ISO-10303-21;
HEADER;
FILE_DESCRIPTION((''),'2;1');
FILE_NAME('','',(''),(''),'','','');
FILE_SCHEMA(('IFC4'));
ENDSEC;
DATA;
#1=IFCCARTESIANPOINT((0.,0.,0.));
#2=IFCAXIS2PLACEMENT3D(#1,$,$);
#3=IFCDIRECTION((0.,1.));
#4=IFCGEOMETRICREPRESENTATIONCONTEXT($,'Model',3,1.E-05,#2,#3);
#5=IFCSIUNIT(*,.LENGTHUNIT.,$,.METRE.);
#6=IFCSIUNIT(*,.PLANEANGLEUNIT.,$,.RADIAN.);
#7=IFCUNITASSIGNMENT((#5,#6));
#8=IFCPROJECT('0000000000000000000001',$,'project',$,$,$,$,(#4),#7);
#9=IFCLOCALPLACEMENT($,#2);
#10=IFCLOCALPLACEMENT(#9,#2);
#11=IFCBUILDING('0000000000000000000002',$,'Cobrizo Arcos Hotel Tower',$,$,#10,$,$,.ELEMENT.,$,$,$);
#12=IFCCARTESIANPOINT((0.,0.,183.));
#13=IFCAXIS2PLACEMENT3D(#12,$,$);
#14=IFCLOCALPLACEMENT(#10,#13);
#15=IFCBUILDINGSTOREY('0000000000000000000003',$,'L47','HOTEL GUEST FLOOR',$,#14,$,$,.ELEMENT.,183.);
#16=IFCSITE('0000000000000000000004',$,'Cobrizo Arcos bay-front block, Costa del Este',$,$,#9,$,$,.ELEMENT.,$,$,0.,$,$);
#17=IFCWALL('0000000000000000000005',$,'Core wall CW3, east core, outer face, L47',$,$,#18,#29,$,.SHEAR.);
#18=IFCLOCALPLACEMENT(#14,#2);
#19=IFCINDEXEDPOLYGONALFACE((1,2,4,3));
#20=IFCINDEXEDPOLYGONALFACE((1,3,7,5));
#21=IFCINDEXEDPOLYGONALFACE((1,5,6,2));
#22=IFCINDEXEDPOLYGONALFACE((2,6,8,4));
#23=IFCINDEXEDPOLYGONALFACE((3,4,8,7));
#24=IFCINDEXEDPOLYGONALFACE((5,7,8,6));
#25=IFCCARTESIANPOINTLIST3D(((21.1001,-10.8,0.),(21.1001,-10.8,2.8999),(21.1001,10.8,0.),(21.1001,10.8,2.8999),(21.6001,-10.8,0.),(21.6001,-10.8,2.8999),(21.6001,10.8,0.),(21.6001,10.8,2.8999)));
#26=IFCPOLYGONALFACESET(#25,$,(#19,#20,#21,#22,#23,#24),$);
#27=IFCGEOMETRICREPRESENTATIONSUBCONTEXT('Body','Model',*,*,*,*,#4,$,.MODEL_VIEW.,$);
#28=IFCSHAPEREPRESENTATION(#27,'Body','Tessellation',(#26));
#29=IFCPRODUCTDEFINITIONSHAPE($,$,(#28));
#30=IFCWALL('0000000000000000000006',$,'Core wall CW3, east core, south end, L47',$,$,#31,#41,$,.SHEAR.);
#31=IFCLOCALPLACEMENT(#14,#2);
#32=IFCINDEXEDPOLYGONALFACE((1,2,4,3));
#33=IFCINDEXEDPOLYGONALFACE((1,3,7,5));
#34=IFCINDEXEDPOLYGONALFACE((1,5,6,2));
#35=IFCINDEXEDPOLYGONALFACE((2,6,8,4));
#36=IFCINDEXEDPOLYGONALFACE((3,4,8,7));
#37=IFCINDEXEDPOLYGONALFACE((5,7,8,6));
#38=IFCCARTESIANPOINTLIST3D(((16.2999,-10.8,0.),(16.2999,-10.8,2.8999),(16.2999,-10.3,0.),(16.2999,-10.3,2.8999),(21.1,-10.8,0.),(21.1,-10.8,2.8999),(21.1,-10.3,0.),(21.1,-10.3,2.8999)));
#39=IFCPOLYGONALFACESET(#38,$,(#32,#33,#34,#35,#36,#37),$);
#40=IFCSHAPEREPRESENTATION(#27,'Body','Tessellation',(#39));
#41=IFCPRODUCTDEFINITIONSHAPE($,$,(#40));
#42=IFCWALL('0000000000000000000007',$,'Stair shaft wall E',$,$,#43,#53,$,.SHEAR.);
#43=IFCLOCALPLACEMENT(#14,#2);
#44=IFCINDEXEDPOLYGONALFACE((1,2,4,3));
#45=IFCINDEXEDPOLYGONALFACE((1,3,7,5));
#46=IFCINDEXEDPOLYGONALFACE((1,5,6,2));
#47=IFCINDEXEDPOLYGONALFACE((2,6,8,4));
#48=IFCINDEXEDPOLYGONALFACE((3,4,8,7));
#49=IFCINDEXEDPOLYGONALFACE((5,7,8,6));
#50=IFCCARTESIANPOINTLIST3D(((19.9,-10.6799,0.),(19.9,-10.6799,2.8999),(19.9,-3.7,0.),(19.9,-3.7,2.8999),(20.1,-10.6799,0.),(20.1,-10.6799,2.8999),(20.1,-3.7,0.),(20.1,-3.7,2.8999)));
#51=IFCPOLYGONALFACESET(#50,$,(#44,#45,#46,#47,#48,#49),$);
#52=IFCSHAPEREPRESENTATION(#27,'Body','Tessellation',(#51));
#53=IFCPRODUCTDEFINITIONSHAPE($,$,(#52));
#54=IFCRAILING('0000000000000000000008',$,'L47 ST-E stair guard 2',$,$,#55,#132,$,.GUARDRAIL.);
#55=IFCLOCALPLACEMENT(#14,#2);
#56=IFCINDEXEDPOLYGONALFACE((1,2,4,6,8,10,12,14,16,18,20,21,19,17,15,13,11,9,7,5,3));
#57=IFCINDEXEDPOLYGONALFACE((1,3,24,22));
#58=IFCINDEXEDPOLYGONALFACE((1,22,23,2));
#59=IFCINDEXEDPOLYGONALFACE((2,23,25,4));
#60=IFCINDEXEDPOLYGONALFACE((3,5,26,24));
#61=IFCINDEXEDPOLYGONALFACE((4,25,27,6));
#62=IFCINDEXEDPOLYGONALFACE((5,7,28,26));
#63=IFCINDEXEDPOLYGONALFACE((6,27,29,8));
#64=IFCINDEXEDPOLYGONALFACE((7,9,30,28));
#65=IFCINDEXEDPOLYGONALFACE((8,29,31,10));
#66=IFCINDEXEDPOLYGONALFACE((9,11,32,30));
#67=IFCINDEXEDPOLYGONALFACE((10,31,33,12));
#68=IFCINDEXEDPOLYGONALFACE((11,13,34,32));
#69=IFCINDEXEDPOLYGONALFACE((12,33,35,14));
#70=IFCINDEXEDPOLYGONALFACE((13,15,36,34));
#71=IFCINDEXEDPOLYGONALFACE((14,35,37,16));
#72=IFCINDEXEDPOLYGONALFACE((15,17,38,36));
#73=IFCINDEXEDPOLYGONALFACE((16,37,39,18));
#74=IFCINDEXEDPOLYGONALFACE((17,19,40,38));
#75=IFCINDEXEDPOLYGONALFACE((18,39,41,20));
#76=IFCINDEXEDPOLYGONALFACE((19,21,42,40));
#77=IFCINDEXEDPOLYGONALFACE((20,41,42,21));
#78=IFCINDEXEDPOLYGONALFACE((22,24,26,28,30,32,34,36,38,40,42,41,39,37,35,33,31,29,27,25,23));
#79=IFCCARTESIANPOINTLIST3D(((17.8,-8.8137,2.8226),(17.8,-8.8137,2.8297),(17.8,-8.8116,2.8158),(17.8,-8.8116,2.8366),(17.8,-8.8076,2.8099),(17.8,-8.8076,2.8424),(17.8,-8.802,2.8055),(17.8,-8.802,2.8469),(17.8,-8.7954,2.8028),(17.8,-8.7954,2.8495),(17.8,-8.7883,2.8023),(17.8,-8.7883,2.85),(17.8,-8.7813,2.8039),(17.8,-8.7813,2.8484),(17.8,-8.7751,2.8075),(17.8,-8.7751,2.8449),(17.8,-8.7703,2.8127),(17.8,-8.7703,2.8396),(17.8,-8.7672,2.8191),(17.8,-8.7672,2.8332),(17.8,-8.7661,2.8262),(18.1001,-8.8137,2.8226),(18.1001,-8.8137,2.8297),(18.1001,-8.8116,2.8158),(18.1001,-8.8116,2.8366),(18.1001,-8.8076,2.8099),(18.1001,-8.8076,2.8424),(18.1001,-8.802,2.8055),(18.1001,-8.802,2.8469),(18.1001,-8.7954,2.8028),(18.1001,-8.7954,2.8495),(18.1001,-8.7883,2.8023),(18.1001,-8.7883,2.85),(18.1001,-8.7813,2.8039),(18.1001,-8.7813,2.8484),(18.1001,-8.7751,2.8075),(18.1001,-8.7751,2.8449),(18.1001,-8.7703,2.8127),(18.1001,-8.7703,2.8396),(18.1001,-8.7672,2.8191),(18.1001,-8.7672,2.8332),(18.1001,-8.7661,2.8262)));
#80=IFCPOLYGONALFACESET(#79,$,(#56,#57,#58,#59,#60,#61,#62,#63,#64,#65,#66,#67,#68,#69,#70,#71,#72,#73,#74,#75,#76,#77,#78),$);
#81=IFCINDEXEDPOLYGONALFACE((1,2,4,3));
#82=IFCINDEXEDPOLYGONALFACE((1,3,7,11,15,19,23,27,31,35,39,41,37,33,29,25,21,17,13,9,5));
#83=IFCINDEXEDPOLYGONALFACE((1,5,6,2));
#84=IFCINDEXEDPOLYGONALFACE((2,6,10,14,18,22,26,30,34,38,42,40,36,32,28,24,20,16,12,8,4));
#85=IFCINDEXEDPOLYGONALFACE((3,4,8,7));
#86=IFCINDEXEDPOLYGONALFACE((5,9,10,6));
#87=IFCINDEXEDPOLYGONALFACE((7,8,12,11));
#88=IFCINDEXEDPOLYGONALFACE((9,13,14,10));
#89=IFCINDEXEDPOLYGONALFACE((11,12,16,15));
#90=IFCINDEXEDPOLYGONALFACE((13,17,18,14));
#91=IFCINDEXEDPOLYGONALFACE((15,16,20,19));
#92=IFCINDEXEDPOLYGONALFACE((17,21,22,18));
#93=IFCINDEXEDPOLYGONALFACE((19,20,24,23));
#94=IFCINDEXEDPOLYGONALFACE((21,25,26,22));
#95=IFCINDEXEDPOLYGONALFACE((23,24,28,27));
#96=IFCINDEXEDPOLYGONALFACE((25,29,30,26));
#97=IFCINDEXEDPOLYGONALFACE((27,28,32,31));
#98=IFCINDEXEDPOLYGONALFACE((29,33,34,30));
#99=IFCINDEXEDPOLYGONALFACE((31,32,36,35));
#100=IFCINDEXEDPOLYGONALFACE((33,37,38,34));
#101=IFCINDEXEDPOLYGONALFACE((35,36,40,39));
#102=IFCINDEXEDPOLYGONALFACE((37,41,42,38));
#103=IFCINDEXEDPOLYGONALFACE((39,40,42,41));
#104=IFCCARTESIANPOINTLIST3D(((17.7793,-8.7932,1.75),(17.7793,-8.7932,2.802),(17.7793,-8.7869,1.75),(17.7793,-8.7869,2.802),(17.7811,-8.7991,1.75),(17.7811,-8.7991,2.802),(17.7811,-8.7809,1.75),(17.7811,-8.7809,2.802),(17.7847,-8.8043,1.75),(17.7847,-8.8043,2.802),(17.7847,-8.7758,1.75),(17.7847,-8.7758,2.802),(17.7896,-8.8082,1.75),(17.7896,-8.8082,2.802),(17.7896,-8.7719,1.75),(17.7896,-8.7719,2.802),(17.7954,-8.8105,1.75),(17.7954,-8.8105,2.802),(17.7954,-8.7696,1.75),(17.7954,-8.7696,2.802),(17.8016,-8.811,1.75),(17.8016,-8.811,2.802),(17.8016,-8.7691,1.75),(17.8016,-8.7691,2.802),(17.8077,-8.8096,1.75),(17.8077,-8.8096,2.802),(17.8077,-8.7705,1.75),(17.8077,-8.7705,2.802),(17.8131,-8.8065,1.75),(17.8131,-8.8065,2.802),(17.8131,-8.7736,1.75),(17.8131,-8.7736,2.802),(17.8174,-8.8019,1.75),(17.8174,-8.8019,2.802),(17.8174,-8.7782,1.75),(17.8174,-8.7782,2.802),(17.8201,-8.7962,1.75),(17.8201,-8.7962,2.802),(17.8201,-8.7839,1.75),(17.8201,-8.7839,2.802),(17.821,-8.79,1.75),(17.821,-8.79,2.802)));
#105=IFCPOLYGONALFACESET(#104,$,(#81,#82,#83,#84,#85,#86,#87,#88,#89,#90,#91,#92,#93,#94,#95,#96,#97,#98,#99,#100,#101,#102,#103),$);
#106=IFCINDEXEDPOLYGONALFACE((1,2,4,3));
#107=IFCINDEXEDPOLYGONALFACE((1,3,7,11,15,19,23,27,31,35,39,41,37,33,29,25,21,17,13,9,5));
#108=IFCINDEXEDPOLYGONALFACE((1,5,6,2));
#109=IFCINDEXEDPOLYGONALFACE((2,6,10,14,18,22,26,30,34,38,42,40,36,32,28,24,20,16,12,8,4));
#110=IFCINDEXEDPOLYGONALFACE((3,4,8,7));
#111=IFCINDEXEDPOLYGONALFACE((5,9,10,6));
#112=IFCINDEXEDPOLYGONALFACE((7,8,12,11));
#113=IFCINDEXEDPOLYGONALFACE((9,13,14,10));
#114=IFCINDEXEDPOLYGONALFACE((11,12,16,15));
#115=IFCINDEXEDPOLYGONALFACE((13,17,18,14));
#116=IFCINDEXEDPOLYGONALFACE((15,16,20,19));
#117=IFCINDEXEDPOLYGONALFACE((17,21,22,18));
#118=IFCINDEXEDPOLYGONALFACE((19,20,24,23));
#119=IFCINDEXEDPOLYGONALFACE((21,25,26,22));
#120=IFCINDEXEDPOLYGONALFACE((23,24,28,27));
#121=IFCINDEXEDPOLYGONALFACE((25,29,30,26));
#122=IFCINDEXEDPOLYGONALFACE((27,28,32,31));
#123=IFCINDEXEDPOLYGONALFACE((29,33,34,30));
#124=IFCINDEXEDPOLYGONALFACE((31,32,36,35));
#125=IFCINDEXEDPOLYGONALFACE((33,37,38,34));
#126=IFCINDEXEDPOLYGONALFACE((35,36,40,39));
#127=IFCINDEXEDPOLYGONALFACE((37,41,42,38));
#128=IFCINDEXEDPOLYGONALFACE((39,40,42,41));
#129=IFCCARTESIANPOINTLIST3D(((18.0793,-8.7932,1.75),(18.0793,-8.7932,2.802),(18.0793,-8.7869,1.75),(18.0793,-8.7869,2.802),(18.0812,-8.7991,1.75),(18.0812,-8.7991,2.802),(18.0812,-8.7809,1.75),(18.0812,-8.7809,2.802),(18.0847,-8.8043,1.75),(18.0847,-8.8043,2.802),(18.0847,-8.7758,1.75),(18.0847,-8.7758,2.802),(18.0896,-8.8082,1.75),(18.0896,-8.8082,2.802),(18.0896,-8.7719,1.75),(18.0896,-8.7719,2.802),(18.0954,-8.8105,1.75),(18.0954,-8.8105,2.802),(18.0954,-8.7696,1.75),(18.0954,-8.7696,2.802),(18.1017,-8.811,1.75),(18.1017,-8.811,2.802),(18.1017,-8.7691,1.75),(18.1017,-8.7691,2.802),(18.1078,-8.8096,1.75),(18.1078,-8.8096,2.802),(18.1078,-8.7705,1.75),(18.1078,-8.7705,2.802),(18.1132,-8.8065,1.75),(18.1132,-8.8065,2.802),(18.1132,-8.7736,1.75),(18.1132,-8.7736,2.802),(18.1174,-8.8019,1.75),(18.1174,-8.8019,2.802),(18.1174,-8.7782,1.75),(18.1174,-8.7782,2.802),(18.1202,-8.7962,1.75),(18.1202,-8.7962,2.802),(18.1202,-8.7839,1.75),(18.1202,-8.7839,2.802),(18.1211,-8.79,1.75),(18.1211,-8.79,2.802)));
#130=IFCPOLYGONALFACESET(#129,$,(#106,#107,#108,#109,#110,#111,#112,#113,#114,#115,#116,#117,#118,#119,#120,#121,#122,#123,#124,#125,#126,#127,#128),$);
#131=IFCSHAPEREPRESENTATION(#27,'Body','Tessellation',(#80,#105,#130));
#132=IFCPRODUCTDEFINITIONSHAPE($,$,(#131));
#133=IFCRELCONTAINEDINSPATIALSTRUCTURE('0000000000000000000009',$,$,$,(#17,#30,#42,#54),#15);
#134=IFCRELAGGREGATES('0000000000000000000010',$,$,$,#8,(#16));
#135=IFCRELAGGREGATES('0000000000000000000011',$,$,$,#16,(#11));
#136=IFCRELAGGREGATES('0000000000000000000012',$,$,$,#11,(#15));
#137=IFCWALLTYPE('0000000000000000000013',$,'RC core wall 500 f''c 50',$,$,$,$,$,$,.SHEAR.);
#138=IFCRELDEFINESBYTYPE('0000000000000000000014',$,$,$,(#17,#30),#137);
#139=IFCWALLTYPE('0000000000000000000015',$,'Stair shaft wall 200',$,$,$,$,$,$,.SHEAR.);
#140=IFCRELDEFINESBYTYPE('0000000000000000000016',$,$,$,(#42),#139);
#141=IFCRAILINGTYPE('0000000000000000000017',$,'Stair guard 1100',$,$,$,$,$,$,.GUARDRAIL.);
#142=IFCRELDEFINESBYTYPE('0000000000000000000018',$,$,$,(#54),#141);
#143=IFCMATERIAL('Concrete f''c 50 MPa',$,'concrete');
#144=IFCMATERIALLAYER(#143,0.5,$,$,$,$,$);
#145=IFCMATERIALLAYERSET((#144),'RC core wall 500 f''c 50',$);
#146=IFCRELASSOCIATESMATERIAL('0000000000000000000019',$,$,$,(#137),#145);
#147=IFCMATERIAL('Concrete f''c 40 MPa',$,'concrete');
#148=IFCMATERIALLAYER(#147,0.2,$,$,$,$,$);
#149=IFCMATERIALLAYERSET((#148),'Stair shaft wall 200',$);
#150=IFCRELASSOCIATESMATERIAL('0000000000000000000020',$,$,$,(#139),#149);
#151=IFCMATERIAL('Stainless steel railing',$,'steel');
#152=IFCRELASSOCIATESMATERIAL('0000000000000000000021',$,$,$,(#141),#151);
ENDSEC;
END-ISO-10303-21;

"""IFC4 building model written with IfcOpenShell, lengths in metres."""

from ifc_helpers import new_model, si_unit, direction, frame, frame_2d, origin, origin_2d, place, context, subcontext, project, spatial, rectangle, circle, extrude, material, layer, layer_set, type_object, element, save


model = new_model("IFC4")

# Units and contexts
model_context = context("Model", 3, precision=1e-05, world=origin(), true_north=direction((0.0, 1.0)))
body_context = subcontext(model_context, "Body", "Model", "MODEL_VIEW")
ifc_project = project(units=[si_unit("LENGTHUNIT", "METRE"), si_unit("PLANEANGLEUNIT", "RADIAN")], contexts=[model_context])

# Site, building, storey
site_placement = place(None, origin())
site = spatial("IfcSite", under=ifc_project, at=site_placement, Name="Cobrizo Arcos bay-front block, Costa del Este", CompositionType="ELEMENT", RefElevation=0.0)
building_placement = place(site_placement, origin())
building = spatial("IfcBuilding", under=site, at=building_placement, Name="Cobrizo Arcos Hotel Tower", CompositionType="ELEMENT")
storey_placement = place(building_placement, frame((0.0, 0.0, 183.0)))
storey = spatial("IfcBuildingStorey", under=building, at=storey_placement, Name="L47", Description="HOTEL GUEST FLOOR", CompositionType="ELEMENT", Elevation=183.0)

# Shared definitions
ifc_material_1 = material(Name="Concrete f'c 50 MPa", Category="concrete")
ifc_layer_1 = layer(ifc_material_1, 0.5)
ifc_layer_set_1 = layer_set([ifc_layer_1], Name="RC core wall 500 f'c 50")
wall_type_1 = type_object("IfcWallType", Name="RC core wall 500 f'c 50", PredefinedType="SHEAR", material=ifc_layer_set_1)

# Walls
wall_1_placement = place(storey_placement, frame((21.3501, -10.8, 0.0), z_axis=(0.0, 0.0, 1.0), x_axis=(0.0, 1.0, 0.0)))
element("IfcWall", 1, at=wall_1_placement, inside=storey, type_object=wall_type_1, Name="Core wall CW3, east core, outer face, L47", PredefinedType="SHEAR", context=body_context, shape_type="SweptSolid", body=[
    extrude(rectangle(XDim=21.6001, YDim=0.5, at=frame_2d((10.8, 0.0))), origin(), (0.0, 0.0, 1.0), 2.8999),
])
wall_2_placement = place(storey_placement, frame((16.3, -10.55, 0.0), z_axis=(0.0, 0.0, 1.0), x_axis=(1.0, 0.0, 0.0)))
element("IfcWall", 2, at=wall_2_placement, inside=storey, type_object=wall_type_1, Name="Core wall CW3, east core, south end, L47", PredefinedType="SHEAR", context=body_context, shape_type="SweptSolid", body=[
    extrude(rectangle(XDim=4.8, YDim=0.5, at=frame_2d((2.3999, 0.0))), origin(), (0.0, 0.0, 1.0), 2.8999),
])
ifc_material_2 = material(Name="Concrete f'c 40 MPa", Category="concrete")
ifc_layer_2 = layer(ifc_material_2, 0.2)
ifc_layer_set_2 = layer_set([ifc_layer_2], Name="Stair shaft wall 200")
wall_type_2 = type_object("IfcWallType", Name="Stair shaft wall 200", PredefinedType="SHEAR", material=ifc_layer_set_2)
wall_3_placement = place(storey_placement, frame((20.0, -10.6799, 0.0), z_axis=(0.0, 0.0, 1.0), x_axis=(0.0, 1.0, 0.0)))
element("IfcWall", 3, at=wall_3_placement, inside=storey, type_object=wall_type_2, Name="Stair shaft wall E", PredefinedType="SHEAR", context=body_context, shape_type="SweptSolid", body=[
    extrude(rectangle(XDim=6.98, YDim=0.2, at=frame_2d((3.49, 0.0))), origin(), (0.0, 0.0, 1.0), 2.8999),
])

# Railing
ifc_material_3 = material(Name="Stainless steel railing", Category="steel")
railing_type = type_object("IfcRailingType", Name="Stair guard 1100", PredefinedType="GUARDRAIL", material=ifc_material_3)
railing_placement = place(storey_placement, frame((17.8, -8.79, 1.75)))
element("IfcRailing", 4, at=railing_placement, inside=storey, type_object=railing_type, Name="L47 ST-E stair guard 2", PredefinedType="GUARDRAIL", context=body_context, shape_type="SweptSolid", body=[
    extrude(circle(Radius=0.0239, at=origin_2d()), frame((0.0, 0.0, 1.0762), z_axis=(1.0, 0.0, 0.0), x_axis=(0.0, 1.0, 0.0)), (0.0, 0.0, 1.0), 0.3),
    extrude(circle(Radius=0.021, at=origin_2d()), origin(), (0.0, 0.0, 1.0), 1.052),
    extrude(circle(Radius=0.021, at=origin_2d()), frame((0.3, 0.0, 0.0)), (0.0, 0.0, 1.0), 1.052),
])

save(model, "model.ifc")
